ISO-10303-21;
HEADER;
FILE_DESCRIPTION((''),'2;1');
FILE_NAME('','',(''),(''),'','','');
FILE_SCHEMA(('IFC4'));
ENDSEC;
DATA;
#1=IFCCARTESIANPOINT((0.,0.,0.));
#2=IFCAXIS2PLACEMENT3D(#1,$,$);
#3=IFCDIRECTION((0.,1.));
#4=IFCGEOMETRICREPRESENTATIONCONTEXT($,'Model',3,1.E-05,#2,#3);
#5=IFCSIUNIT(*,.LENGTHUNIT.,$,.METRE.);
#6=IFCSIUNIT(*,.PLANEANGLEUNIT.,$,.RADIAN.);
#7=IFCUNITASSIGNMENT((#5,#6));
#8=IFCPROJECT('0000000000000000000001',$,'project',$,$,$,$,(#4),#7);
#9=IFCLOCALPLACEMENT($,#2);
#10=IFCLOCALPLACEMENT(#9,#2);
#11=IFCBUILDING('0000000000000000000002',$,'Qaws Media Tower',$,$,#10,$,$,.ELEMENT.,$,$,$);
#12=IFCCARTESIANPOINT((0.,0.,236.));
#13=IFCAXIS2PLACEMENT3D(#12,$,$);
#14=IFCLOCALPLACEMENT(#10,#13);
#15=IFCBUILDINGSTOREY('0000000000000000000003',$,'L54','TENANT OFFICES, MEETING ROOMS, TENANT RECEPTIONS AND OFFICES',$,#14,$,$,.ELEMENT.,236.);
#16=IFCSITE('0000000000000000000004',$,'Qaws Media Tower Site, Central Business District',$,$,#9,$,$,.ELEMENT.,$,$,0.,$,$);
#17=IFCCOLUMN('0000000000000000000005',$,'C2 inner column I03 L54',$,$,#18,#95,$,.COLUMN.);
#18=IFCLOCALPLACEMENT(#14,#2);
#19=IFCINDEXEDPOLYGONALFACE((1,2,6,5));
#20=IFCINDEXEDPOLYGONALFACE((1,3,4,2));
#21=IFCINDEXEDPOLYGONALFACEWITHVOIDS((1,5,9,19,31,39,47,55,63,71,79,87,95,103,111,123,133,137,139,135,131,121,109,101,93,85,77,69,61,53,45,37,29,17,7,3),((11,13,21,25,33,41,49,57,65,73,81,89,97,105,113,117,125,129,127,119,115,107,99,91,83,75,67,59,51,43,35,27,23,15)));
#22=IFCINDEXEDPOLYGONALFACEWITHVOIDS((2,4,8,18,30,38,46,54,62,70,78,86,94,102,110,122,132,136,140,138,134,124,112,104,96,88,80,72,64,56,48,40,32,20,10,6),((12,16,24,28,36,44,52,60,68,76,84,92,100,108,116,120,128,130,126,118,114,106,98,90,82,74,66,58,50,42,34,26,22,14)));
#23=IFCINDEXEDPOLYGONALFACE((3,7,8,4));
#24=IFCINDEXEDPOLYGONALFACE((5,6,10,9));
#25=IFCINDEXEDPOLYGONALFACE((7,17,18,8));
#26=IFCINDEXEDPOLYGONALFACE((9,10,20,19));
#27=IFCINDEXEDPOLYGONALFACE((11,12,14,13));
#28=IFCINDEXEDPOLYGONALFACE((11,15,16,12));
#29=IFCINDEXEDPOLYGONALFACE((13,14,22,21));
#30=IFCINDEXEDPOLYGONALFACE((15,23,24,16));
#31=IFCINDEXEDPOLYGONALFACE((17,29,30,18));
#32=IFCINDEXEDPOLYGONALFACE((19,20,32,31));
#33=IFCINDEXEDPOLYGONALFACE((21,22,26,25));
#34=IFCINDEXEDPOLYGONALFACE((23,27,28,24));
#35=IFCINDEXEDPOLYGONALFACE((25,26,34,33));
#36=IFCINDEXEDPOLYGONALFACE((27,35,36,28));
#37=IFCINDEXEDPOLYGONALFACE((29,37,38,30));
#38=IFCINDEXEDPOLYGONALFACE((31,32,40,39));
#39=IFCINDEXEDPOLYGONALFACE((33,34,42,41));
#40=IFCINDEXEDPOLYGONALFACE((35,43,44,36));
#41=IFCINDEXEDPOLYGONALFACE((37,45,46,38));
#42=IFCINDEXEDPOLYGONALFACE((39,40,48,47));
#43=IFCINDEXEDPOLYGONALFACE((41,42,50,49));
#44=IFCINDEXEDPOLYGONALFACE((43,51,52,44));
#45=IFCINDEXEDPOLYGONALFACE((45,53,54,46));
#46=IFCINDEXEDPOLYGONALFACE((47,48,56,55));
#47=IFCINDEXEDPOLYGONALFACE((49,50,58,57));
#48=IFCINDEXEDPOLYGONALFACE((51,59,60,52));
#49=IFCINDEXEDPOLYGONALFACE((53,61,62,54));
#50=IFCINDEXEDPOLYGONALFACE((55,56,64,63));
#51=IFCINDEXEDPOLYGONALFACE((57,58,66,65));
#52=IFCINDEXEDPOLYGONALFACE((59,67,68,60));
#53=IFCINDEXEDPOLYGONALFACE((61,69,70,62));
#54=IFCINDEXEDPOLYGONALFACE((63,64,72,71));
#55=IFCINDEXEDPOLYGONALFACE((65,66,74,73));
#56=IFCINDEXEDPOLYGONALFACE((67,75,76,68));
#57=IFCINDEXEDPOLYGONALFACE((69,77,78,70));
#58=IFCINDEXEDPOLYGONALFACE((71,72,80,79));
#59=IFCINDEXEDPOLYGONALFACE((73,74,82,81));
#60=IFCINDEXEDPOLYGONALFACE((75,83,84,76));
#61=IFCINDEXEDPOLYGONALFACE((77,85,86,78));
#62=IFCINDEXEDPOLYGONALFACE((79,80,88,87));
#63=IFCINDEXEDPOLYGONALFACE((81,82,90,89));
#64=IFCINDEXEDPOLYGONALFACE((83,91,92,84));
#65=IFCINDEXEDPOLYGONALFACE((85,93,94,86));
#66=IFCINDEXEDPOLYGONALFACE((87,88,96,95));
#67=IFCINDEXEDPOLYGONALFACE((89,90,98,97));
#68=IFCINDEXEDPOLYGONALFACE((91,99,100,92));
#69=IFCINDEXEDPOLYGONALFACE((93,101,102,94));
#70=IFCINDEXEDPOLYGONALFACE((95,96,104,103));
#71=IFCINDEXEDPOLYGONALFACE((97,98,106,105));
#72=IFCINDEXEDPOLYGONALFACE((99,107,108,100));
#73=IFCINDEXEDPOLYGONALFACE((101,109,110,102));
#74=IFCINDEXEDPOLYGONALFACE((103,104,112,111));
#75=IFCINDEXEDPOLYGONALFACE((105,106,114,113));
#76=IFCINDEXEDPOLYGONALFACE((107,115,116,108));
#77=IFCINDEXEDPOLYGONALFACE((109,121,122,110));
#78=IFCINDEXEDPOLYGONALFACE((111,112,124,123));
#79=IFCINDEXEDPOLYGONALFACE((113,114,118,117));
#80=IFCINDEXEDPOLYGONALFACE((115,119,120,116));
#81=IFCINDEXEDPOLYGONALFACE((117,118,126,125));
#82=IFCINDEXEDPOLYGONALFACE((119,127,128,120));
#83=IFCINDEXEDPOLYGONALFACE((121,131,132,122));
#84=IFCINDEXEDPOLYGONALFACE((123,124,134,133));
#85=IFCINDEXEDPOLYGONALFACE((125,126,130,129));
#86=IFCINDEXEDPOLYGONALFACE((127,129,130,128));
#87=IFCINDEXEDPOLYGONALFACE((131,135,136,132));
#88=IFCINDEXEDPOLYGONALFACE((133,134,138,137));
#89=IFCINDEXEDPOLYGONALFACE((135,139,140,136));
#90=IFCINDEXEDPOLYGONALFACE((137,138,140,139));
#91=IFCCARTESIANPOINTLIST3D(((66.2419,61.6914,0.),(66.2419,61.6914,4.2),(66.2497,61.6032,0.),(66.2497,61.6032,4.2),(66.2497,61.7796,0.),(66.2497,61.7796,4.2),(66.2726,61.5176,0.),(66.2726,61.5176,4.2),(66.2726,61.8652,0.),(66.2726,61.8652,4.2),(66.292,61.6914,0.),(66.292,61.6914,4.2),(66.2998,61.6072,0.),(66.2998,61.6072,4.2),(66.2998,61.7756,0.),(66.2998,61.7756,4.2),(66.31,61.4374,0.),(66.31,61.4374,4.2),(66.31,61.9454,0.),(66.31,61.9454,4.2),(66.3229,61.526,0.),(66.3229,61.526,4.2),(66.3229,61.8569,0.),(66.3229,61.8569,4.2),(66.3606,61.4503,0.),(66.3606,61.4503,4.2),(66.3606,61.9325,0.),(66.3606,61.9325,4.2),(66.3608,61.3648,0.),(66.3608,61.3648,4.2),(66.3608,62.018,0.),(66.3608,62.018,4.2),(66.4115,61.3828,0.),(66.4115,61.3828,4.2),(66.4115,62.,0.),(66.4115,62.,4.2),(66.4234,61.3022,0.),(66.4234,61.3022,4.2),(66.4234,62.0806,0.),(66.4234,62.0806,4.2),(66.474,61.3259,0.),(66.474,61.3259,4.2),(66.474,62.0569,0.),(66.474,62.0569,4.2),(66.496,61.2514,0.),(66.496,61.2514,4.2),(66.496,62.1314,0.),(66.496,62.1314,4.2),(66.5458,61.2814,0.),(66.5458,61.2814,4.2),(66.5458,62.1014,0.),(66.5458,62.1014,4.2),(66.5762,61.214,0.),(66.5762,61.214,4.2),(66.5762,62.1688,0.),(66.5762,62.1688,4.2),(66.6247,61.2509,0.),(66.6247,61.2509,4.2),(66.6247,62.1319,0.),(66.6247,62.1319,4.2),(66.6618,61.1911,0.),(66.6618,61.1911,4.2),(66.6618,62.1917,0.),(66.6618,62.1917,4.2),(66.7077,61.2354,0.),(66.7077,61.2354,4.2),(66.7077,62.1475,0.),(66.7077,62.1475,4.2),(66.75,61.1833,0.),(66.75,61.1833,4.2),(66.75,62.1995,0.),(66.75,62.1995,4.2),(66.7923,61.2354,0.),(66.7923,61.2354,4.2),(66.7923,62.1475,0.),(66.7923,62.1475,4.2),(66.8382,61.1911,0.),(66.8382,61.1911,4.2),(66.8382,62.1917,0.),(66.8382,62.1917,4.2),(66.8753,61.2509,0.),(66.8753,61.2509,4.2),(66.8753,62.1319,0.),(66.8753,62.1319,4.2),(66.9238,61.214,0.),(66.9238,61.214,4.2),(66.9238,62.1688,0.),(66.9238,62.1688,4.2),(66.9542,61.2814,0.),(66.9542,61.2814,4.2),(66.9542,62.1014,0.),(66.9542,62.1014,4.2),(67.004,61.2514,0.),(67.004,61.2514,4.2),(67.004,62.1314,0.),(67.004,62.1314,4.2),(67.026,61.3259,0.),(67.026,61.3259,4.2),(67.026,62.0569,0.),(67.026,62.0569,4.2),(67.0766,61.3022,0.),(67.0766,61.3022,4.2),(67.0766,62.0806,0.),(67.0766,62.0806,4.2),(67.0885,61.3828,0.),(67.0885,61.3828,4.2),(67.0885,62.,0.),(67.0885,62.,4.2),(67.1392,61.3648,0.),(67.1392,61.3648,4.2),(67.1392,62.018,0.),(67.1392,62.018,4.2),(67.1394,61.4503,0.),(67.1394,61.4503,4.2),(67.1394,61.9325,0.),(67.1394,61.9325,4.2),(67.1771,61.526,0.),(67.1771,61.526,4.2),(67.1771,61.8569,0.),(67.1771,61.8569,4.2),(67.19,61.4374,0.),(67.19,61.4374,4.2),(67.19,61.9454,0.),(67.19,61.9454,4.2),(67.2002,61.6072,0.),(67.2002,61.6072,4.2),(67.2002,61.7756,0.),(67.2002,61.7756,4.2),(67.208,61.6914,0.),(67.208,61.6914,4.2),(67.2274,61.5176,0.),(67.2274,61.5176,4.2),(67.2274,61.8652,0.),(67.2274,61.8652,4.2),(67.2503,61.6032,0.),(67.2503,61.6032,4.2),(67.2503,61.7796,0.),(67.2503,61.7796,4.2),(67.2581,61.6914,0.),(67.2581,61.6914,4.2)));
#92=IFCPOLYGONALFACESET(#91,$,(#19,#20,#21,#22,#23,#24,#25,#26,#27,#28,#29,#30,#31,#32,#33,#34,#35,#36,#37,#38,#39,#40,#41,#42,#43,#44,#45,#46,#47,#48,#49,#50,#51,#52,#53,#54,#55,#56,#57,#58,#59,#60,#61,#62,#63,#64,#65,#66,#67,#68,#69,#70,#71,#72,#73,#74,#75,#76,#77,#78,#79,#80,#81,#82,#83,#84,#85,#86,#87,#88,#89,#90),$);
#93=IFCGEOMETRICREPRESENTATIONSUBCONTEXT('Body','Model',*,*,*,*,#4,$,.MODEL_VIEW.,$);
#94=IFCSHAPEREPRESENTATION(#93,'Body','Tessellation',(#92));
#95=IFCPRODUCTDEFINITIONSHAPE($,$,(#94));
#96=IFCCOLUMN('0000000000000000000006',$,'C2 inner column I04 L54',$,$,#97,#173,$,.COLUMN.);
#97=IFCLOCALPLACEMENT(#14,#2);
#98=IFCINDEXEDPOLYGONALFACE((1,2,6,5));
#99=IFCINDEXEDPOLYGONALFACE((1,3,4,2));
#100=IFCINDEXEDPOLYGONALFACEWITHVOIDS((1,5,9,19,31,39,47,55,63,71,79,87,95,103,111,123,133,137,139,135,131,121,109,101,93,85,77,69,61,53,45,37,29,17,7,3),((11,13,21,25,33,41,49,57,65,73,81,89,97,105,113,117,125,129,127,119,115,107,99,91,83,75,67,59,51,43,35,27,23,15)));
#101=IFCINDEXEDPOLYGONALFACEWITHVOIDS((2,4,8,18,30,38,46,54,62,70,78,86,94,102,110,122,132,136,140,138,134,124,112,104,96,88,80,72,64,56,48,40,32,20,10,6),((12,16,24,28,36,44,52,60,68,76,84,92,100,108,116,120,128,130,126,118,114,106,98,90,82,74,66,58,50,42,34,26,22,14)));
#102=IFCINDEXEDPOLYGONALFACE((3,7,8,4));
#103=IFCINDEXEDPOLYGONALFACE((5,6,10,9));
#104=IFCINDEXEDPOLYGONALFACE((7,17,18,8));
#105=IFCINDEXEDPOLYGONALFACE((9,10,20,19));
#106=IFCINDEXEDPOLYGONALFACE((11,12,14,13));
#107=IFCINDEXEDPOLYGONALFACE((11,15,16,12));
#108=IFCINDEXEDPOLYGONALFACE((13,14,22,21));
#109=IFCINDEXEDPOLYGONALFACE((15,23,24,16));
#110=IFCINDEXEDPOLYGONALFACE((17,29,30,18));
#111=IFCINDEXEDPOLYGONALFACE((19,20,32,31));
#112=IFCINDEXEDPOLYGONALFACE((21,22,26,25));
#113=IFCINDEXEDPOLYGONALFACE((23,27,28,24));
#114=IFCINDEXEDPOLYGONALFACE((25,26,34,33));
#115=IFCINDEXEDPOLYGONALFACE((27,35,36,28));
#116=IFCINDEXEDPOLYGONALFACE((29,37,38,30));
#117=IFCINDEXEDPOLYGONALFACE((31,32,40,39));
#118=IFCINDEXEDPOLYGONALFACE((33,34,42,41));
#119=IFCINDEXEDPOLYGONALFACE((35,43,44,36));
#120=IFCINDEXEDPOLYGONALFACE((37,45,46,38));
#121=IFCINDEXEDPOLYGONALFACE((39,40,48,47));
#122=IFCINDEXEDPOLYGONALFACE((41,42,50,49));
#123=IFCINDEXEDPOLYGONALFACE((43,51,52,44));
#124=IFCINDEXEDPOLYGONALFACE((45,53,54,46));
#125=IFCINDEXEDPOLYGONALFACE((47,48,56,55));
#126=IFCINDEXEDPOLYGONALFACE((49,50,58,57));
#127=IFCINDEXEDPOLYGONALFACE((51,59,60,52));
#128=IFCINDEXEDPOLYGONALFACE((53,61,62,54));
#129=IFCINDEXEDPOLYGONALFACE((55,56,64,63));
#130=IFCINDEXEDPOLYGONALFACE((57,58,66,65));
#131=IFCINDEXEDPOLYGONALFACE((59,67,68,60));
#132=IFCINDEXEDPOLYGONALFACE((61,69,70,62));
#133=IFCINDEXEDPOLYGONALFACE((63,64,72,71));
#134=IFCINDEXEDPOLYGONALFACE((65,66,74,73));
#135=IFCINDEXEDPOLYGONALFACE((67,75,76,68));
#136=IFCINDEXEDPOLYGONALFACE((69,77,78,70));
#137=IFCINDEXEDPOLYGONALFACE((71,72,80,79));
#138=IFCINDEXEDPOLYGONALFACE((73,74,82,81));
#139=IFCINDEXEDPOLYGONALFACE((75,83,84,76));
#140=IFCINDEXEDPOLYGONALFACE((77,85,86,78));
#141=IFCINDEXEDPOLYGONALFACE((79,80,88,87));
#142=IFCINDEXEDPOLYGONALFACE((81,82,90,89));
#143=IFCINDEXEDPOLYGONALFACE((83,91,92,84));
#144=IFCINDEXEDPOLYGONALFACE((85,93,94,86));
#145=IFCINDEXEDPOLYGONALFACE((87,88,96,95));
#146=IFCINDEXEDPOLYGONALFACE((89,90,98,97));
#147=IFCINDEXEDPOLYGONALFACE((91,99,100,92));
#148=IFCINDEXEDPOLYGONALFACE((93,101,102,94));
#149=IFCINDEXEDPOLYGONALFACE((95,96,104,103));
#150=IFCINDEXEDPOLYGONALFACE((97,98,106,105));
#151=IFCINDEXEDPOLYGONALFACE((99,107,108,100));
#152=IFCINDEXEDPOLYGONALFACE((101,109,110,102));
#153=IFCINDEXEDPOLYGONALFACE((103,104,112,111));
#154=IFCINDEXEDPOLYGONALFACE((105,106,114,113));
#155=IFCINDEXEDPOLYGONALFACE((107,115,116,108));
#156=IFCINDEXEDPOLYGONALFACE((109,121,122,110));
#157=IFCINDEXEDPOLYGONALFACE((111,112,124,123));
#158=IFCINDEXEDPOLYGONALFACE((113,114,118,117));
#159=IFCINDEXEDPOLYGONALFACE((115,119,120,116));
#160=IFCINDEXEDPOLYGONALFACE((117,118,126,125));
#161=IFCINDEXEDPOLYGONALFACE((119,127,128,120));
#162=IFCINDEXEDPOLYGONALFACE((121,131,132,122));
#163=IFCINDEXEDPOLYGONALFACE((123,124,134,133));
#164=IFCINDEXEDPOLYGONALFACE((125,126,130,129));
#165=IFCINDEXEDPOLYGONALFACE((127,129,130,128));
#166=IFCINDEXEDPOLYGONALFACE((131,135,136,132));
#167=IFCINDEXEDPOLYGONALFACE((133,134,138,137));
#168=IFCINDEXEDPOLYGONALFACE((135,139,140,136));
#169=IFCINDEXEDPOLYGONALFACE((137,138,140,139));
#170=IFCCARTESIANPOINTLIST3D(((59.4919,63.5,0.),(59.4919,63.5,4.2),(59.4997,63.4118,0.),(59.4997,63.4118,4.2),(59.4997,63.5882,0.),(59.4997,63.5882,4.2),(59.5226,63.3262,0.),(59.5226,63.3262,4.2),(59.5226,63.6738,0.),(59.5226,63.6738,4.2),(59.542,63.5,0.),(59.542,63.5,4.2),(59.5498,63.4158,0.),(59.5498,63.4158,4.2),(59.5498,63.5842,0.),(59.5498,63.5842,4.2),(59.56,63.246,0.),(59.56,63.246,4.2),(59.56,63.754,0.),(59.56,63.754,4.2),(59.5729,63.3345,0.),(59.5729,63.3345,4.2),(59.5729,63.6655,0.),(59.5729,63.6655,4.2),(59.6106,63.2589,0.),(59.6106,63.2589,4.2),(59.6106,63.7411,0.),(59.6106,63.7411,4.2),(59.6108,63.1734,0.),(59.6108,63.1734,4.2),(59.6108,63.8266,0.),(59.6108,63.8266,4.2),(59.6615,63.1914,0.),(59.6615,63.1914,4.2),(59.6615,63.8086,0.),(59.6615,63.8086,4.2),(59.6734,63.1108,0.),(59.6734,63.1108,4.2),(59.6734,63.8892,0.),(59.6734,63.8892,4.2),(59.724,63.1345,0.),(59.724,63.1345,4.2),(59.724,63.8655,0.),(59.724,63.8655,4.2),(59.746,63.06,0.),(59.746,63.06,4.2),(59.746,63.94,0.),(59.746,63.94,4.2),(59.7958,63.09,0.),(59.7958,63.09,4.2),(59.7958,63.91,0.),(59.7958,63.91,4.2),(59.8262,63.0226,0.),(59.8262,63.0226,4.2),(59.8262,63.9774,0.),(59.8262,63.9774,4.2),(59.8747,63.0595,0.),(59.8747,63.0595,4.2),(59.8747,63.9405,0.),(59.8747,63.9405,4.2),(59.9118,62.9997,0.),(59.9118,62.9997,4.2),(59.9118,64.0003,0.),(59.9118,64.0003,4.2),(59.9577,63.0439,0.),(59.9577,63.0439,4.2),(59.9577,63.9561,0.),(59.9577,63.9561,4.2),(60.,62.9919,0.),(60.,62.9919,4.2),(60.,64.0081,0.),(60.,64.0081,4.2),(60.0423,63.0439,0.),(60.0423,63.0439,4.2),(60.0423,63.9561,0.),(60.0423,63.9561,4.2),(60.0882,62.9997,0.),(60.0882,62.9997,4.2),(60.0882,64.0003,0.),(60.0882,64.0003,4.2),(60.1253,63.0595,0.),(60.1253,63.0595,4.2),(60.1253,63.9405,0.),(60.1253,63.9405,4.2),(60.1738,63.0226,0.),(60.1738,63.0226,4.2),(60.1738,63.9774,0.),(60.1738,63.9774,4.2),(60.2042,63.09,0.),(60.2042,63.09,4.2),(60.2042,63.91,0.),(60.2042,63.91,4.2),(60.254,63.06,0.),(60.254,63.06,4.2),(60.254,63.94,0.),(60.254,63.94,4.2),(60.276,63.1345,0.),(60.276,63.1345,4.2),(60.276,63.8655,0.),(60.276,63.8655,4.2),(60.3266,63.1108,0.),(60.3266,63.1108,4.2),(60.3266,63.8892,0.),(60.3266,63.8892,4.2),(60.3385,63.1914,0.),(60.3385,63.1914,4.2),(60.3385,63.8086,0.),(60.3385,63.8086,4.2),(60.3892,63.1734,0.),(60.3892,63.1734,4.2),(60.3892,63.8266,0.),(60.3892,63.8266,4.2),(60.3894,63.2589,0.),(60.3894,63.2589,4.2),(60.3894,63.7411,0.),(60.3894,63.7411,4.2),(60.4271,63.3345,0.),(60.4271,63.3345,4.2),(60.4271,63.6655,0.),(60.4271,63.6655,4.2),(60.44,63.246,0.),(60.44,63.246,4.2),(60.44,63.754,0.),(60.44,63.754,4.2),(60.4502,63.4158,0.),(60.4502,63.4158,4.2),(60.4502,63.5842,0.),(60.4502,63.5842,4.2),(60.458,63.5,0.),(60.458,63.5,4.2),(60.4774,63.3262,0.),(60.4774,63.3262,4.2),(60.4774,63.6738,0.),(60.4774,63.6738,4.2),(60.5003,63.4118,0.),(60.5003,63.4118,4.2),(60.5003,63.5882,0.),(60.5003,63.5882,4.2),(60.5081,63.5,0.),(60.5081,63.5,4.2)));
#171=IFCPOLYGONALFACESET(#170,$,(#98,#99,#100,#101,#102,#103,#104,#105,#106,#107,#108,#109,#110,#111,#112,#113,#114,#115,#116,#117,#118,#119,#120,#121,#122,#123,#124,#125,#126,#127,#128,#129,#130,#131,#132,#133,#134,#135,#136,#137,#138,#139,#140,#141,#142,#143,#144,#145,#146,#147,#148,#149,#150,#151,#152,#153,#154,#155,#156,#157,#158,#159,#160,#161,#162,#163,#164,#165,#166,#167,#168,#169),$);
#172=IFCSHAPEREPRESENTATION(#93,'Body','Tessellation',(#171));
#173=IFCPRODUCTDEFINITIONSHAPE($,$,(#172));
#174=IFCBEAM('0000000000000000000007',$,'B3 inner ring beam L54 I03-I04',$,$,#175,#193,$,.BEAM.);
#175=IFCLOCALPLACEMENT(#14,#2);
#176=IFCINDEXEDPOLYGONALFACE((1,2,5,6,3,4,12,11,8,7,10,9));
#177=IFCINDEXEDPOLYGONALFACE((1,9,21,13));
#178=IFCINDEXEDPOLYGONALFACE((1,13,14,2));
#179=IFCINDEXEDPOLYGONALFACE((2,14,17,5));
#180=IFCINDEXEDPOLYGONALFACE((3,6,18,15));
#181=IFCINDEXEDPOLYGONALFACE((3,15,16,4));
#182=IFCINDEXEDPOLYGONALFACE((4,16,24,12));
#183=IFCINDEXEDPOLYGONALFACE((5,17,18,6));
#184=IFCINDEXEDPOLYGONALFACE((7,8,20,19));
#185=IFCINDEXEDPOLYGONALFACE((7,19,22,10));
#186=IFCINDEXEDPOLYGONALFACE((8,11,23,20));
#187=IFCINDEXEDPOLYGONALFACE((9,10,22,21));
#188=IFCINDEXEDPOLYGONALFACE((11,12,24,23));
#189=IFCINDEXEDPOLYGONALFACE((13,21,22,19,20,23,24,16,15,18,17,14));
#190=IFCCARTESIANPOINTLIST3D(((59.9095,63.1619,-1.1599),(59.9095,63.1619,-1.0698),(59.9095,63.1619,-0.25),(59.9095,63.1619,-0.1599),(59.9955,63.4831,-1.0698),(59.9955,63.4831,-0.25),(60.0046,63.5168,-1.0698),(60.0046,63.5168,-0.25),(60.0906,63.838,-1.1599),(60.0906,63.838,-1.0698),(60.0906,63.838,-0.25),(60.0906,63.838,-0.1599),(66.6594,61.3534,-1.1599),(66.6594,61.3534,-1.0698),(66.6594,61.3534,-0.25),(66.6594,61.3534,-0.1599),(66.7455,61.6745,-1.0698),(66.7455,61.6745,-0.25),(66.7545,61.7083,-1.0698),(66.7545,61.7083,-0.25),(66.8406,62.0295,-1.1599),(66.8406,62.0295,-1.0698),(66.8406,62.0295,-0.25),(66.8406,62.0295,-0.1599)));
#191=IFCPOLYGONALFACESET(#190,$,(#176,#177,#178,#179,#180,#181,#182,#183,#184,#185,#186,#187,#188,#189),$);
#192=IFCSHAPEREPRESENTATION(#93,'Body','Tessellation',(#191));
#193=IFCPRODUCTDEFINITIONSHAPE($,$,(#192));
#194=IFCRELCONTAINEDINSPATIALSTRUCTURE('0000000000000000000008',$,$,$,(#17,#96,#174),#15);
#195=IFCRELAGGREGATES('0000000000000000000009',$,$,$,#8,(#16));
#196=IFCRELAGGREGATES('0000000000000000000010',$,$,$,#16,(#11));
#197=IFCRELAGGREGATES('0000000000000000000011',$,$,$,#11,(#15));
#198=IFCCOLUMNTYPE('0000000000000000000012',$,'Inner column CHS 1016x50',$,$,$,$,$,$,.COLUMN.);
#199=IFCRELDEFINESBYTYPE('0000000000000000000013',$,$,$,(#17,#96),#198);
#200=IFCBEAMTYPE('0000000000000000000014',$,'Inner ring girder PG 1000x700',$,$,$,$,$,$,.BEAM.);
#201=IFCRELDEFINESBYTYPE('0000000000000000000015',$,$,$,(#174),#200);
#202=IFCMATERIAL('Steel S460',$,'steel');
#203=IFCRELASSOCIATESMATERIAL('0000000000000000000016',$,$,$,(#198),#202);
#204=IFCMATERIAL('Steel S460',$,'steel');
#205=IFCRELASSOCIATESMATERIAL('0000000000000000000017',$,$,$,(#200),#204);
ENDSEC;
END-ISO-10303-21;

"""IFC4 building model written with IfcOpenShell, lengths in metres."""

from ifc_helpers import new_model, si_unit, direction, frame, origin, origin_2d, place, context, subcontext, project, spatial, hollow_circle, i_section, extrude, material, material_profile, profile_set, type_object, element, save


model = new_model("IFC4")

# Units and contexts
model_context = context("Model", 3, precision=1e-05, world=origin(), true_north=direction((0.0, 1.0)))
body_context = subcontext(model_context, "Body", "Model", "MODEL_VIEW")
ifc_project = project(units=[si_unit("LENGTHUNIT", "METRE"), si_unit("PLANEANGLEUNIT", "RADIAN")], contexts=[model_context])

# Site, building, storey
site_placement = place(None, origin())
site = spatial("IfcSite", under=ifc_project, at=site_placement, Name="Qaws Media Tower Site, Central Business District", CompositionType="ELEMENT", RefElevation=0.0)
building_placement = place(site_placement, origin())
building = spatial("IfcBuilding", under=site, at=building_placement, Name="Qaws Media Tower", CompositionType="ELEMENT")
storey_placement = place(building_placement, frame((0.0, 0.0, 236.0)))
storey = spatial("IfcBuildingStorey", under=building, at=storey_placement, Name="L54", Description="TENANT OFFICES, MEETING ROOMS, TENANT RECEPTIONS AND OFFICES", CompositionType="ELEMENT", Elevation=236.0)

# Columns
ifc_material_1 = material(Name="Steel S460", Category="steel")
ifc_material_profile_1 = material_profile(ifc_material_1, hollow_circle(Radius=0.5081, WallThickness=0.05, at=origin_2d()), Name="CHS 1016x50")
ifc_profile_set_1 = profile_set([ifc_material_profile_1], Name="Steel S460")
column_type = type_object("IfcColumnType", Name="Inner column CHS 1016x50", PredefinedType="COLUMN", material=ifc_profile_set_1)
for number, where, z_axis, x_axis, name in (
    (1, (66.75, 61.6914, 0.0), (0.0, 0.0, 1.0), (1.0, 0.0, 0.0), "C2 inner column I03 L54"),
    (2, (60.0, 63.5, 0.0), (0.0, 0.0, 1.0), (1.0, 0.0, 0.0), "C2 inner column I04 L54"),
):
    element("IfcColumn", number, at=place(storey_placement, frame(where, z_axis=z_axis, x_axis=x_axis)), inside=storey, type_object=column_type, Name=name, PredefinedType="COLUMN", context=body_context, shape_type="SweptSolid", body=[
        extrude(hollow_circle(Radius=0.5081, WallThickness=0.05, at=origin_2d()), origin(), (0.0, 0.0, 1.0), 4.2),
    ])

# Beam
ifc_material_2 = material(Name="Steel S460", Category="steel")
ifc_material_profile_2 = material_profile(ifc_material_2, i_section(OverallWidth=0.7, OverallDepth=1.0, WebThickness=0.0349, FlangeThickness=0.0901, at=origin_2d()), Name="PG 1000x700")
ifc_profile_set_2 = profile_set([ifc_material_profile_2], Name="Steel S460")
beam_type_1 = type_object("IfcBeamType", Name="Inner ring girder PG 1000x700", PredefinedType="BEAM", material=ifc_profile_set_2)
for number, where, z_axis, x_axis, name in (
    (3, (66.75, 61.6914, -0.6599), (-0.965928, 0.258811, 0.0), (-0.258811, -0.965928, 0.0), "B3 inner ring beam L54 I03-I04"),
):
    element("IfcBeam", number, at=place(storey_placement, frame(where, z_axis=z_axis, x_axis=x_axis)), inside=storey, type_object=beam_type_1, Name=name, PredefinedType="BEAM", context=body_context, shape_type="SweptSolid", body=[
        extrude(i_section(OverallWidth=0.7, OverallDepth=1.0, WebThickness=0.0349, FlangeThickness=0.0901, at=origin_2d()), origin(), (0.0, 0.0, 1.0), 6.988),
    ])

save(model, "model.ifc")
